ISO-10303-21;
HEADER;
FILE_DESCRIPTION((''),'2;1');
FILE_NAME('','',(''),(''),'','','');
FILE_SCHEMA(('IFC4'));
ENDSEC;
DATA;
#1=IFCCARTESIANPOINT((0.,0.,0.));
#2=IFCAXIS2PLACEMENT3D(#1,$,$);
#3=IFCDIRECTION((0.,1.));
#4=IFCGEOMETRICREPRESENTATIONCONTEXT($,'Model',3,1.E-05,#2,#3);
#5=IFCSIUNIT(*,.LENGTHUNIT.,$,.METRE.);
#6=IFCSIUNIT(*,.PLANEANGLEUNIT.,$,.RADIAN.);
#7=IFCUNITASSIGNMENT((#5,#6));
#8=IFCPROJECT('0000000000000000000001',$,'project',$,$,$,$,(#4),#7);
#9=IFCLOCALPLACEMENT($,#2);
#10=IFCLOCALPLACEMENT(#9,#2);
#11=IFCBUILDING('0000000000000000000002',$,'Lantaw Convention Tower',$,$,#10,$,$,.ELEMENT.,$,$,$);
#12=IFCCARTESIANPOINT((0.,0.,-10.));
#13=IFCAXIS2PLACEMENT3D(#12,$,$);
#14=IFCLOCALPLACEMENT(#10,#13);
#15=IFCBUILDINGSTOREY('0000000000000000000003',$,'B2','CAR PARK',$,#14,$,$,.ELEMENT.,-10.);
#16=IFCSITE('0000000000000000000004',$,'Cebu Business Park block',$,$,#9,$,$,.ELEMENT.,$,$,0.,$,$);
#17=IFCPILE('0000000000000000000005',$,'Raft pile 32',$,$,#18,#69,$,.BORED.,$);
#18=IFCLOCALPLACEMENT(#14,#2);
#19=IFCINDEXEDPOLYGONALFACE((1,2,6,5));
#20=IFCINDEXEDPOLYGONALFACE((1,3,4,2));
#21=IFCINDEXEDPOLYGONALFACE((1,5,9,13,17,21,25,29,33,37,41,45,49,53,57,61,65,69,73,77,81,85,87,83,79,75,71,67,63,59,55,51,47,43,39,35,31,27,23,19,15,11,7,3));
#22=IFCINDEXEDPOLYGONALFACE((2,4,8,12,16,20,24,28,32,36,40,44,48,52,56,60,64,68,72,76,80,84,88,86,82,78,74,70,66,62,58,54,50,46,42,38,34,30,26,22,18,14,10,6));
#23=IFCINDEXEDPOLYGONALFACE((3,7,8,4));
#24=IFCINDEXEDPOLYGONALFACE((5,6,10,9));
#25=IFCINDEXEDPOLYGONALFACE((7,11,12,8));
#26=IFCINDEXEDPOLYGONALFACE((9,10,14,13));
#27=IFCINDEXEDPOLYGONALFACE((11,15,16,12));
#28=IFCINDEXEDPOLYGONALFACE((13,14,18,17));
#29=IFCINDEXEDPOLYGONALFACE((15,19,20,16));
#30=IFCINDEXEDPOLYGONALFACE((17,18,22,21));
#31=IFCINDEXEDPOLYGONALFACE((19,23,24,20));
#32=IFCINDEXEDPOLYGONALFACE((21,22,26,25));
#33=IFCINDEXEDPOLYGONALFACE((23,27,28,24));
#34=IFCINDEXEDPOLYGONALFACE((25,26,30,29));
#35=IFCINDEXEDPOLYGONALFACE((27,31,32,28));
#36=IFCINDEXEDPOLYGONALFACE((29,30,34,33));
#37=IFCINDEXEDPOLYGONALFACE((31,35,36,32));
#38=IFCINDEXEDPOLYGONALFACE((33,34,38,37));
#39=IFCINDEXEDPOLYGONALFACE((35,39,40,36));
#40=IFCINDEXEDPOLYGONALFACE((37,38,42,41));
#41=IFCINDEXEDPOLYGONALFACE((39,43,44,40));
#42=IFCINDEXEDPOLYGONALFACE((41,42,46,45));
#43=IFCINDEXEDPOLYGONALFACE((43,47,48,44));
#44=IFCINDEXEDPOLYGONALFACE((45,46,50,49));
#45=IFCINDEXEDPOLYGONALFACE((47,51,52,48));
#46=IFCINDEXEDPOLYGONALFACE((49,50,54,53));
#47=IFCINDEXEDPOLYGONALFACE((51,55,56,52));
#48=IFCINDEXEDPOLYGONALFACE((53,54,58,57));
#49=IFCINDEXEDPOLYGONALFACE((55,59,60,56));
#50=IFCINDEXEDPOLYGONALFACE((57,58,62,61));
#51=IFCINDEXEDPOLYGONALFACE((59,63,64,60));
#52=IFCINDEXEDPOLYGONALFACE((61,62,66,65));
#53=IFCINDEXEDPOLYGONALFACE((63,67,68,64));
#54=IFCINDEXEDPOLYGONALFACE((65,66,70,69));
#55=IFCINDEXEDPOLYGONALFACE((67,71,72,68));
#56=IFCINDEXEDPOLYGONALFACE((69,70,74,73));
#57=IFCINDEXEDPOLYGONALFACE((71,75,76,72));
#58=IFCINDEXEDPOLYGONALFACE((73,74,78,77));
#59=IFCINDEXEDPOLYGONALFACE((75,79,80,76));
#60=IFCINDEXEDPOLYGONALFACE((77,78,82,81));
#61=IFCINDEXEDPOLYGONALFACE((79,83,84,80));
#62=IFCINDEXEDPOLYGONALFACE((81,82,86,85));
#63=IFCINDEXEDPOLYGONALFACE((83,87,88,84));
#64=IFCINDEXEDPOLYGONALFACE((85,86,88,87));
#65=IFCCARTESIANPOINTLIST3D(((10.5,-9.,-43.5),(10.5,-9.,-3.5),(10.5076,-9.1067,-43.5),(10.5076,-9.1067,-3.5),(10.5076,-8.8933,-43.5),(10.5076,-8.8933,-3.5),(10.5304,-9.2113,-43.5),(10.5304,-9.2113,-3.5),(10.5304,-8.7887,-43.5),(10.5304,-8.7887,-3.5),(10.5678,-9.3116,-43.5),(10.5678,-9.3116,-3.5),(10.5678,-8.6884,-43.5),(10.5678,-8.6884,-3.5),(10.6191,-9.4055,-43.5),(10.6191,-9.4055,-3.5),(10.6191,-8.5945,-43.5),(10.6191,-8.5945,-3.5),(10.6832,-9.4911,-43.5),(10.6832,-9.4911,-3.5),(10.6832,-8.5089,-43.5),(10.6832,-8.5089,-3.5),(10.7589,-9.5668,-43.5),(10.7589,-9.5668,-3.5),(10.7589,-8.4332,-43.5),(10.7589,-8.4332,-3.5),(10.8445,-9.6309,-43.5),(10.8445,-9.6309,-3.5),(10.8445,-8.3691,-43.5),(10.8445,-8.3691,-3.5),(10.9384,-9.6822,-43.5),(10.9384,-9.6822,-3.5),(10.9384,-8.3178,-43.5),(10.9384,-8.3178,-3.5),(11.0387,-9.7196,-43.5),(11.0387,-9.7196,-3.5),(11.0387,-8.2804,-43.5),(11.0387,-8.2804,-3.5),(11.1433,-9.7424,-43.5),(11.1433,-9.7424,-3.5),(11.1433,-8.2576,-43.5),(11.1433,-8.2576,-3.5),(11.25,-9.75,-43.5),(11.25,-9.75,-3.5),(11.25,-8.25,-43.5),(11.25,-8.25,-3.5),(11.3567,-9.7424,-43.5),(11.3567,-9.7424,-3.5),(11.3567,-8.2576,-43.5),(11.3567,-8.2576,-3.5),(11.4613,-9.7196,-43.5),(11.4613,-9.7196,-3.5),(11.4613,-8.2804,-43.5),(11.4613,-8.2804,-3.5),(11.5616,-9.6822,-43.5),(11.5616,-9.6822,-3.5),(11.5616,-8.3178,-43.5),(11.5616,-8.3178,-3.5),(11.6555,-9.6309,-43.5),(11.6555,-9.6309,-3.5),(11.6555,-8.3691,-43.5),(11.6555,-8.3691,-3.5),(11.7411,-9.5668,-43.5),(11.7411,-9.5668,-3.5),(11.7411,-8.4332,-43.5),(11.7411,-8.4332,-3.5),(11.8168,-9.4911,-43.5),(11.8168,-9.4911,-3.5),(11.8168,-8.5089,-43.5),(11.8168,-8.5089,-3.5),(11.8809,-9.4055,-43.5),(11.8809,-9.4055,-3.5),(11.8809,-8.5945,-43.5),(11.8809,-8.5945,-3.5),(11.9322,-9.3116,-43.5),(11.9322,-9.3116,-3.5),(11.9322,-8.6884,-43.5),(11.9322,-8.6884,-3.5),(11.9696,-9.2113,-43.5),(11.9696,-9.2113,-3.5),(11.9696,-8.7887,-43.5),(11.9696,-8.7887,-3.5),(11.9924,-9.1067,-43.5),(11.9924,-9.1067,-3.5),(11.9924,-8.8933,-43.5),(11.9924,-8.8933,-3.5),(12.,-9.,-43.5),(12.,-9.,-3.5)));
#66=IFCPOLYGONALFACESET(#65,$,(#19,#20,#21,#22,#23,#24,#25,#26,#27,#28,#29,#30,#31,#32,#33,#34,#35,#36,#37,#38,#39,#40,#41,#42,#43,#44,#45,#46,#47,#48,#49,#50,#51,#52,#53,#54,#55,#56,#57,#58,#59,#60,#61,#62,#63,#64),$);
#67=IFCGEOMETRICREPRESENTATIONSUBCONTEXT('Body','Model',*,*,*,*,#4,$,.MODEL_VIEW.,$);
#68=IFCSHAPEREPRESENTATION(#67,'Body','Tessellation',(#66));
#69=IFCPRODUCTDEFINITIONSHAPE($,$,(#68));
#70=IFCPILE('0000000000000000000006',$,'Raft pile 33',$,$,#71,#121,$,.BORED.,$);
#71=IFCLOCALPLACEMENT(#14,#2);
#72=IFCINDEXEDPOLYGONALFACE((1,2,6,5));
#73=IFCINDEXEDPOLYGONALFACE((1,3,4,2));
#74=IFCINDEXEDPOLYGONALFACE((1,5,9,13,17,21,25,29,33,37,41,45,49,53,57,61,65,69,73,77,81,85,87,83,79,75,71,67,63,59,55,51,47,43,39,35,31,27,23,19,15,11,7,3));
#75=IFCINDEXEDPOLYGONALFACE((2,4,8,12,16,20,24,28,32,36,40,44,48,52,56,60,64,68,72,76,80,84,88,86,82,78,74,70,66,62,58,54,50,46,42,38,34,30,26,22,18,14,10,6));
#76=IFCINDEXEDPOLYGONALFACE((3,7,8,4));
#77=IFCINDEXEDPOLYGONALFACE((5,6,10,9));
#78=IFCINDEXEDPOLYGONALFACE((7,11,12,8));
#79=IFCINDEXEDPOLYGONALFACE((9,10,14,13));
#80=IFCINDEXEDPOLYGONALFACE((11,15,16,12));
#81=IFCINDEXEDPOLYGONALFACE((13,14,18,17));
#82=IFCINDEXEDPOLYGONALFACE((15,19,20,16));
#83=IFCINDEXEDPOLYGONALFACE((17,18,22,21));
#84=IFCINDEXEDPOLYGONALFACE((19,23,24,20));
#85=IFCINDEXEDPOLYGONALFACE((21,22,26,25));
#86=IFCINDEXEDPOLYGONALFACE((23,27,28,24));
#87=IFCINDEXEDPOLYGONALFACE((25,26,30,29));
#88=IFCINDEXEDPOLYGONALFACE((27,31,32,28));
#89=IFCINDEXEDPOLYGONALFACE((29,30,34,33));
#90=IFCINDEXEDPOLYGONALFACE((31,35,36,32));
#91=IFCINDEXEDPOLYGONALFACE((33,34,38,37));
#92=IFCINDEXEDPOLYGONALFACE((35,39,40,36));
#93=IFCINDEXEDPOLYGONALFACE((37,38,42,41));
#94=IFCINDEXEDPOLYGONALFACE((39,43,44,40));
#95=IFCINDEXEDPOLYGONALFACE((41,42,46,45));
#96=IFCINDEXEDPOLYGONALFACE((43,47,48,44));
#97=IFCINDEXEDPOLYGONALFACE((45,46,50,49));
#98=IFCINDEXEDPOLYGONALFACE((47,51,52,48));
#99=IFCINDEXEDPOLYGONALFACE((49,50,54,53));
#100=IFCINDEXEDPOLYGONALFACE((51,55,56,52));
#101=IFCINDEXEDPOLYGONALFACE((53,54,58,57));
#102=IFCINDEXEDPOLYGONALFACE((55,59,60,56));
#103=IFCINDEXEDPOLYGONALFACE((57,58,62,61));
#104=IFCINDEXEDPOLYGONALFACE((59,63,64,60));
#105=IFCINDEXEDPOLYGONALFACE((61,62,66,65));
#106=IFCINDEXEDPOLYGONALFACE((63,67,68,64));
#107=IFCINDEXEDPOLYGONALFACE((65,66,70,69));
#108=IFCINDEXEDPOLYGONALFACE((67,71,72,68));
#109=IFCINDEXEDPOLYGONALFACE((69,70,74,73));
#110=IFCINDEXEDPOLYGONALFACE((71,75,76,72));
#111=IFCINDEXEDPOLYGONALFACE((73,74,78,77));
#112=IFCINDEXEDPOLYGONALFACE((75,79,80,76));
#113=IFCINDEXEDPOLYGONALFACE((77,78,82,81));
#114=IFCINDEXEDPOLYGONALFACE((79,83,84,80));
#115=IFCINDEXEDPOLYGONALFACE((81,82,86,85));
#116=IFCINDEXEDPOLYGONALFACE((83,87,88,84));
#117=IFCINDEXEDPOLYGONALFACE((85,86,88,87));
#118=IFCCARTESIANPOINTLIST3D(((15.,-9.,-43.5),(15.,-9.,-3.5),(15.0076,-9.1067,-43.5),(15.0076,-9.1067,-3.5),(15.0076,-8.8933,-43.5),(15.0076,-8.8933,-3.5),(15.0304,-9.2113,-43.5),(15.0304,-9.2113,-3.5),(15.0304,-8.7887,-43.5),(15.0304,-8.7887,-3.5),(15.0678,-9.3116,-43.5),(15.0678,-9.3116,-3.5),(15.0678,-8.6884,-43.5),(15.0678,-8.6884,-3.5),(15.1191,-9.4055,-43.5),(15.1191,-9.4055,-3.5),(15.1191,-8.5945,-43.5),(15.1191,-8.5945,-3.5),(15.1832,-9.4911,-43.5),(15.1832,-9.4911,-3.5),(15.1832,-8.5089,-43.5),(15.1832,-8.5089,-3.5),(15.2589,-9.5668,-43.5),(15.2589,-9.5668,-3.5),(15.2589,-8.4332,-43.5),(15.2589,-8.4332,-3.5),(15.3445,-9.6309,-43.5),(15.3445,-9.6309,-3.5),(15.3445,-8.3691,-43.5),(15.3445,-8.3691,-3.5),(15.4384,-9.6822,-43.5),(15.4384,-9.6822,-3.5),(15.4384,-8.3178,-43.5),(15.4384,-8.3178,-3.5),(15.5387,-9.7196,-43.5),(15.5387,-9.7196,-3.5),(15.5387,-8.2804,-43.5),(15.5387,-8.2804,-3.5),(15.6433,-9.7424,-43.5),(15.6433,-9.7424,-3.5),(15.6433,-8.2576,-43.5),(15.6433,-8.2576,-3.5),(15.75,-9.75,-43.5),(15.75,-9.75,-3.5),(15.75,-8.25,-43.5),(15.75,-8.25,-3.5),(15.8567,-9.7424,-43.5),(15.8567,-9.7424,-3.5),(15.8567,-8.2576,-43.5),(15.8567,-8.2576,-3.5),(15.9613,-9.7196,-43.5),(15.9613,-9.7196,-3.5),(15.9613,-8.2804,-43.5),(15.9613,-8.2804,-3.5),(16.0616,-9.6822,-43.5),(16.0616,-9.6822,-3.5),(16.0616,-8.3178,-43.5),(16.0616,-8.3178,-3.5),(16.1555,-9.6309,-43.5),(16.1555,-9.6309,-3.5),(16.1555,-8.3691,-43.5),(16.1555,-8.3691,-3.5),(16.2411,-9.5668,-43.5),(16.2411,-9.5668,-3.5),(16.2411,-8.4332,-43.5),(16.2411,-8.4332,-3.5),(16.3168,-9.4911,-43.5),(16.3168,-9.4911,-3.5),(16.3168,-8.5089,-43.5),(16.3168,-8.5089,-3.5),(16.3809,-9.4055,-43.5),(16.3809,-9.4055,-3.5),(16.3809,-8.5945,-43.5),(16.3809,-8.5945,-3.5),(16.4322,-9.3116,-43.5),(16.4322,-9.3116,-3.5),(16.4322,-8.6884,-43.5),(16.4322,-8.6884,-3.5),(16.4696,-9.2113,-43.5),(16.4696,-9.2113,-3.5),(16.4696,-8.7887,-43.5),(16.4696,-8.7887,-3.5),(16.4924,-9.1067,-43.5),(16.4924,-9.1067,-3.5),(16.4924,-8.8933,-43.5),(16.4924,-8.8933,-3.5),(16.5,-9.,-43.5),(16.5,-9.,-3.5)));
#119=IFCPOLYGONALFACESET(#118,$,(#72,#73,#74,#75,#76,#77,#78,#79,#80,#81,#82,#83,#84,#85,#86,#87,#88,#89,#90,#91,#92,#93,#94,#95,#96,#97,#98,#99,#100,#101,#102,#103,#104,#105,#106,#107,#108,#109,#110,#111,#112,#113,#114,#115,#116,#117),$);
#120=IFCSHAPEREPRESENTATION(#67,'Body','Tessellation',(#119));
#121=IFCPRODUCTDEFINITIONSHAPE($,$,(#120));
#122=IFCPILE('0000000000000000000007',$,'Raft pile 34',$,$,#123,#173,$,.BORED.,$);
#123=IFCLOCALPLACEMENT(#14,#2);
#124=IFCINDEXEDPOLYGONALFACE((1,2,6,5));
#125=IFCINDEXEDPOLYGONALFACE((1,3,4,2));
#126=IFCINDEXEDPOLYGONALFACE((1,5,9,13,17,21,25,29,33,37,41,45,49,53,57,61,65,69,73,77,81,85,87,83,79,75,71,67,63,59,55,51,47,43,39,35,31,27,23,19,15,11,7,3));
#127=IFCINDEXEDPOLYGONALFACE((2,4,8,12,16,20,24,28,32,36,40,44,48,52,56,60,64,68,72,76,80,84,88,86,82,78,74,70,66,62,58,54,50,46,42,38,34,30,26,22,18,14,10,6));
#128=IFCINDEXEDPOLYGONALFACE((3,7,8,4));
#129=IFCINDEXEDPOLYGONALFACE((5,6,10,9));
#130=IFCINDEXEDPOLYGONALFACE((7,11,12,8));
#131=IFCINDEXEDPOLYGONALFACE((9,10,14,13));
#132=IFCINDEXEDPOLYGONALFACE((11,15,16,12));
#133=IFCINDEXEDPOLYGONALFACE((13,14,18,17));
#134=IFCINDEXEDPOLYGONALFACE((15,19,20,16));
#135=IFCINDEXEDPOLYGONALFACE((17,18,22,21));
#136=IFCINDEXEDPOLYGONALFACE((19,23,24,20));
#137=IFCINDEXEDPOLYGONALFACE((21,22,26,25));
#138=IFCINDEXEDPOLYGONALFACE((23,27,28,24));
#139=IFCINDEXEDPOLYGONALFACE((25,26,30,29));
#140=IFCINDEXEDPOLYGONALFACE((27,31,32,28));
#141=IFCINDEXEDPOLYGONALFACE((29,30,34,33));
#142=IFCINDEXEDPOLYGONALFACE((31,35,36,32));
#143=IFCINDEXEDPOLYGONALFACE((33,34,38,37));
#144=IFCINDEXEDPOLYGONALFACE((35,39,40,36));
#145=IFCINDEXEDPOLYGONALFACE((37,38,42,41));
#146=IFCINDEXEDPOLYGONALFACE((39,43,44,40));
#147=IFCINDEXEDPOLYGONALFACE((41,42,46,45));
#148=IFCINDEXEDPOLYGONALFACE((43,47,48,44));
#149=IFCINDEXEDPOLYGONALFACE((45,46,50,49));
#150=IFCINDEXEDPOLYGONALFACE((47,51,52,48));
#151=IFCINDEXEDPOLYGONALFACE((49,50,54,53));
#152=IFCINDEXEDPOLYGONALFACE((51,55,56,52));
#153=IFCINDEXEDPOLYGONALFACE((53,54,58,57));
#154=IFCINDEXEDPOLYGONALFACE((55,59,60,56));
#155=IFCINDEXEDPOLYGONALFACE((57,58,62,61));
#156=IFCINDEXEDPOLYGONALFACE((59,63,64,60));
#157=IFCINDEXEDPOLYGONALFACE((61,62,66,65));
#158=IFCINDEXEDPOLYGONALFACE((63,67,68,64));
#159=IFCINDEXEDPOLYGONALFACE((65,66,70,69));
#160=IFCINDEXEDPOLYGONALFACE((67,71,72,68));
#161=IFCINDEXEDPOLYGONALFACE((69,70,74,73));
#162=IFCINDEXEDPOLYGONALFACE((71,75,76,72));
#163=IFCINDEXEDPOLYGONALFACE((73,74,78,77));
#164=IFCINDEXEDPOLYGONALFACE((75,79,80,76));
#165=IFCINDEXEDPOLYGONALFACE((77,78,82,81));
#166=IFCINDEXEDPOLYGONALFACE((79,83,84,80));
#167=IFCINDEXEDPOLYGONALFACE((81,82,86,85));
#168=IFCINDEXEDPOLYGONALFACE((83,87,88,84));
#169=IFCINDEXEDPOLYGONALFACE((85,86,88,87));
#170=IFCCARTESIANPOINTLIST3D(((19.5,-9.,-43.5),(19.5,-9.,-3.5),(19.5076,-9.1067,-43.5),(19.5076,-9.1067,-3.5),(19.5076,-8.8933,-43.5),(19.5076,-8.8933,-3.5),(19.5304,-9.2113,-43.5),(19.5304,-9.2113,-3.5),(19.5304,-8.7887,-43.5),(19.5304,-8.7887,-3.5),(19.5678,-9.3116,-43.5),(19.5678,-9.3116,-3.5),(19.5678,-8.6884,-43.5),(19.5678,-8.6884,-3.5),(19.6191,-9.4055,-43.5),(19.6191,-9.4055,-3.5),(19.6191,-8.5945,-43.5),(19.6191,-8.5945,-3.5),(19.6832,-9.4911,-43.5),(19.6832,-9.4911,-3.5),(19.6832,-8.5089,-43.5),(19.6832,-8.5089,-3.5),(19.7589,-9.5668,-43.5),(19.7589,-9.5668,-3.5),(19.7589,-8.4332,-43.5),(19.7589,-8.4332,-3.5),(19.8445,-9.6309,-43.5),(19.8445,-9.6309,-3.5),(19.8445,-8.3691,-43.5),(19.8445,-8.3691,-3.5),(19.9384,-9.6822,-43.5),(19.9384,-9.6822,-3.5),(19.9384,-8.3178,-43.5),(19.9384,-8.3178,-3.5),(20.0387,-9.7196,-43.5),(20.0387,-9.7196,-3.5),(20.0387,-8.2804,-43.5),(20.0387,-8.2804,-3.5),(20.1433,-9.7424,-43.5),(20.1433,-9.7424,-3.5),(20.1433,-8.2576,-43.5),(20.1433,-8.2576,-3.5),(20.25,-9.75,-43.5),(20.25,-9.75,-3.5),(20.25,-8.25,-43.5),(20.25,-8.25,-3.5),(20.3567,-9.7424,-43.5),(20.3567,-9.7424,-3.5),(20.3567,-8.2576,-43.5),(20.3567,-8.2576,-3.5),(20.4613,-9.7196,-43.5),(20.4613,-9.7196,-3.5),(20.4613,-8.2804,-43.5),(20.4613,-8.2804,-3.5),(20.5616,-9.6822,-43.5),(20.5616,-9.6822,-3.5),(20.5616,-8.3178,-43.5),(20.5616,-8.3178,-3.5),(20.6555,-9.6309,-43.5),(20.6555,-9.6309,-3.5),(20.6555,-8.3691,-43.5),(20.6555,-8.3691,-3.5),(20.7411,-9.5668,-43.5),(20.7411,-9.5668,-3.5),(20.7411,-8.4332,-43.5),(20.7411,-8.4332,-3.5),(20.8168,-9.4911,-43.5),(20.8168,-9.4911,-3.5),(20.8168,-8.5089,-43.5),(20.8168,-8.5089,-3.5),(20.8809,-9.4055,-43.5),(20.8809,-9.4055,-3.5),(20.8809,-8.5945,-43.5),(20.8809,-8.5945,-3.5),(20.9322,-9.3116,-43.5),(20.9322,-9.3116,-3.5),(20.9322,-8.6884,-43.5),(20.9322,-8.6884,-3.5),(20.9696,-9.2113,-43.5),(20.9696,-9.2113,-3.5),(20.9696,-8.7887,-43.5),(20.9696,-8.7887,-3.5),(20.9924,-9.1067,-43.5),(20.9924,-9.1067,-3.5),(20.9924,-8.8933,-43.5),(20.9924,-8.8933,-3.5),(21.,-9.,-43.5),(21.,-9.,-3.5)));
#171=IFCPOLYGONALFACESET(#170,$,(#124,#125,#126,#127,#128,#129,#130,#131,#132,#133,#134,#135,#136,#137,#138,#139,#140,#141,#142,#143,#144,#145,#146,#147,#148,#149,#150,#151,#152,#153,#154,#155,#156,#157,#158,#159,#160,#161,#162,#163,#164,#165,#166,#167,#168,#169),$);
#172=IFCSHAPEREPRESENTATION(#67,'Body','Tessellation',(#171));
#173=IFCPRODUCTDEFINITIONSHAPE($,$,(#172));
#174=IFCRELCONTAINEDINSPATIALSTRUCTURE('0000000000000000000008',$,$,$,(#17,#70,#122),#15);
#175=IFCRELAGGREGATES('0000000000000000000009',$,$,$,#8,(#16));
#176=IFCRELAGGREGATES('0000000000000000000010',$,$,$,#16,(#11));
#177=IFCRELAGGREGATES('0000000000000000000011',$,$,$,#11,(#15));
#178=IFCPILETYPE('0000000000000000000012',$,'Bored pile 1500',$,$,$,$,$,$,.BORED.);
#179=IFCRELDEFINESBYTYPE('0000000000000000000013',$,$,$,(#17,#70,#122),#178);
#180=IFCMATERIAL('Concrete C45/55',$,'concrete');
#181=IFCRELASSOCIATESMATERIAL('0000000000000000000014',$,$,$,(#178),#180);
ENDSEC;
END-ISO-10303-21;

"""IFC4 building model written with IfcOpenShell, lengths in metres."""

from ifc_helpers import new_model, si_unit, direction, frame, origin, origin_2d, place, context, subcontext, project, spatial, circle, extrude, material, material_profile, profile_set, type_object, element, save


model = new_model("IFC4")

# Units and contexts
model_context = context("Model", 3, precision=1e-05, world=origin(), true_north=direction((0.0, 1.0)))
body_context = subcontext(model_context, "Body", "Model", "MODEL_VIEW")
ifc_project = project(units=[si_unit("LENGTHUNIT", "METRE"), si_unit("PLANEANGLEUNIT", "RADIAN")], contexts=[model_context])

# Site, building, storey
site_placement = place(None, origin())
site = spatial("IfcSite", under=ifc_project, at=site_placement, Name="Cebu Business Park block", CompositionType="ELEMENT", RefElevation=0.0)
building_placement = place(site_placement, origin())
building = spatial("IfcBuilding", under=site, at=building_placement, Name="Lantaw Convention Tower", CompositionType="ELEMENT")
storey_placement = place(building_placement, frame((0.0, 0.0, -10.0)))
storey = spatial("IfcBuildingStorey", under=building, at=storey_placement, Name="B2", Description="CAR PARK", CompositionType="ELEMENT", Elevation=-10.0)

# Piles
ifc_material_1 = material(Name="Concrete C45/55", Category="concrete")
ifc_material_profile_1 = material_profile(ifc_material_1, circle(Radius=0.75, at=origin_2d()), Name="Bored pile 1500")
ifc_profile_set_1 = profile_set([ifc_material_profile_1], Name="Concrete C45/55")
pile_type_1 = type_object("IfcPileType", Name="Bored pile 1500", PredefinedType="BORED", material=ifc_profile_set_1)
for number, where, z_axis, x_axis, name in (
    (1, (11.25, -9.0, -3.5), (0.0, 0.0, -1.0), (1.0, 0.0, 0.0), "Raft pile 32"),
    (2, (15.75, -9.0, -3.5), (0.0, 0.0, -1.0), (1.0, 0.0, 0.0), "Raft pile 33"),
    (3, (20.25, -9.0, -3.5), (0.0, 0.0, -1.0), (1.0, 0.0, 0.0), "Raft pile 34"),
):
    element("IfcPile", number, at=place(storey_placement, frame(where, z_axis=z_axis, x_axis=x_axis)), inside=storey, type_object=pile_type_1, Name=name, PredefinedType="BORED", context=body_context, shape_type="SweptSolid", body=[
        extrude(circle(Radius=0.75, at=origin_2d()), origin(), (0.0, 0.0, 1.0), 40.0),
    ])

save(model, "model.ifc")
